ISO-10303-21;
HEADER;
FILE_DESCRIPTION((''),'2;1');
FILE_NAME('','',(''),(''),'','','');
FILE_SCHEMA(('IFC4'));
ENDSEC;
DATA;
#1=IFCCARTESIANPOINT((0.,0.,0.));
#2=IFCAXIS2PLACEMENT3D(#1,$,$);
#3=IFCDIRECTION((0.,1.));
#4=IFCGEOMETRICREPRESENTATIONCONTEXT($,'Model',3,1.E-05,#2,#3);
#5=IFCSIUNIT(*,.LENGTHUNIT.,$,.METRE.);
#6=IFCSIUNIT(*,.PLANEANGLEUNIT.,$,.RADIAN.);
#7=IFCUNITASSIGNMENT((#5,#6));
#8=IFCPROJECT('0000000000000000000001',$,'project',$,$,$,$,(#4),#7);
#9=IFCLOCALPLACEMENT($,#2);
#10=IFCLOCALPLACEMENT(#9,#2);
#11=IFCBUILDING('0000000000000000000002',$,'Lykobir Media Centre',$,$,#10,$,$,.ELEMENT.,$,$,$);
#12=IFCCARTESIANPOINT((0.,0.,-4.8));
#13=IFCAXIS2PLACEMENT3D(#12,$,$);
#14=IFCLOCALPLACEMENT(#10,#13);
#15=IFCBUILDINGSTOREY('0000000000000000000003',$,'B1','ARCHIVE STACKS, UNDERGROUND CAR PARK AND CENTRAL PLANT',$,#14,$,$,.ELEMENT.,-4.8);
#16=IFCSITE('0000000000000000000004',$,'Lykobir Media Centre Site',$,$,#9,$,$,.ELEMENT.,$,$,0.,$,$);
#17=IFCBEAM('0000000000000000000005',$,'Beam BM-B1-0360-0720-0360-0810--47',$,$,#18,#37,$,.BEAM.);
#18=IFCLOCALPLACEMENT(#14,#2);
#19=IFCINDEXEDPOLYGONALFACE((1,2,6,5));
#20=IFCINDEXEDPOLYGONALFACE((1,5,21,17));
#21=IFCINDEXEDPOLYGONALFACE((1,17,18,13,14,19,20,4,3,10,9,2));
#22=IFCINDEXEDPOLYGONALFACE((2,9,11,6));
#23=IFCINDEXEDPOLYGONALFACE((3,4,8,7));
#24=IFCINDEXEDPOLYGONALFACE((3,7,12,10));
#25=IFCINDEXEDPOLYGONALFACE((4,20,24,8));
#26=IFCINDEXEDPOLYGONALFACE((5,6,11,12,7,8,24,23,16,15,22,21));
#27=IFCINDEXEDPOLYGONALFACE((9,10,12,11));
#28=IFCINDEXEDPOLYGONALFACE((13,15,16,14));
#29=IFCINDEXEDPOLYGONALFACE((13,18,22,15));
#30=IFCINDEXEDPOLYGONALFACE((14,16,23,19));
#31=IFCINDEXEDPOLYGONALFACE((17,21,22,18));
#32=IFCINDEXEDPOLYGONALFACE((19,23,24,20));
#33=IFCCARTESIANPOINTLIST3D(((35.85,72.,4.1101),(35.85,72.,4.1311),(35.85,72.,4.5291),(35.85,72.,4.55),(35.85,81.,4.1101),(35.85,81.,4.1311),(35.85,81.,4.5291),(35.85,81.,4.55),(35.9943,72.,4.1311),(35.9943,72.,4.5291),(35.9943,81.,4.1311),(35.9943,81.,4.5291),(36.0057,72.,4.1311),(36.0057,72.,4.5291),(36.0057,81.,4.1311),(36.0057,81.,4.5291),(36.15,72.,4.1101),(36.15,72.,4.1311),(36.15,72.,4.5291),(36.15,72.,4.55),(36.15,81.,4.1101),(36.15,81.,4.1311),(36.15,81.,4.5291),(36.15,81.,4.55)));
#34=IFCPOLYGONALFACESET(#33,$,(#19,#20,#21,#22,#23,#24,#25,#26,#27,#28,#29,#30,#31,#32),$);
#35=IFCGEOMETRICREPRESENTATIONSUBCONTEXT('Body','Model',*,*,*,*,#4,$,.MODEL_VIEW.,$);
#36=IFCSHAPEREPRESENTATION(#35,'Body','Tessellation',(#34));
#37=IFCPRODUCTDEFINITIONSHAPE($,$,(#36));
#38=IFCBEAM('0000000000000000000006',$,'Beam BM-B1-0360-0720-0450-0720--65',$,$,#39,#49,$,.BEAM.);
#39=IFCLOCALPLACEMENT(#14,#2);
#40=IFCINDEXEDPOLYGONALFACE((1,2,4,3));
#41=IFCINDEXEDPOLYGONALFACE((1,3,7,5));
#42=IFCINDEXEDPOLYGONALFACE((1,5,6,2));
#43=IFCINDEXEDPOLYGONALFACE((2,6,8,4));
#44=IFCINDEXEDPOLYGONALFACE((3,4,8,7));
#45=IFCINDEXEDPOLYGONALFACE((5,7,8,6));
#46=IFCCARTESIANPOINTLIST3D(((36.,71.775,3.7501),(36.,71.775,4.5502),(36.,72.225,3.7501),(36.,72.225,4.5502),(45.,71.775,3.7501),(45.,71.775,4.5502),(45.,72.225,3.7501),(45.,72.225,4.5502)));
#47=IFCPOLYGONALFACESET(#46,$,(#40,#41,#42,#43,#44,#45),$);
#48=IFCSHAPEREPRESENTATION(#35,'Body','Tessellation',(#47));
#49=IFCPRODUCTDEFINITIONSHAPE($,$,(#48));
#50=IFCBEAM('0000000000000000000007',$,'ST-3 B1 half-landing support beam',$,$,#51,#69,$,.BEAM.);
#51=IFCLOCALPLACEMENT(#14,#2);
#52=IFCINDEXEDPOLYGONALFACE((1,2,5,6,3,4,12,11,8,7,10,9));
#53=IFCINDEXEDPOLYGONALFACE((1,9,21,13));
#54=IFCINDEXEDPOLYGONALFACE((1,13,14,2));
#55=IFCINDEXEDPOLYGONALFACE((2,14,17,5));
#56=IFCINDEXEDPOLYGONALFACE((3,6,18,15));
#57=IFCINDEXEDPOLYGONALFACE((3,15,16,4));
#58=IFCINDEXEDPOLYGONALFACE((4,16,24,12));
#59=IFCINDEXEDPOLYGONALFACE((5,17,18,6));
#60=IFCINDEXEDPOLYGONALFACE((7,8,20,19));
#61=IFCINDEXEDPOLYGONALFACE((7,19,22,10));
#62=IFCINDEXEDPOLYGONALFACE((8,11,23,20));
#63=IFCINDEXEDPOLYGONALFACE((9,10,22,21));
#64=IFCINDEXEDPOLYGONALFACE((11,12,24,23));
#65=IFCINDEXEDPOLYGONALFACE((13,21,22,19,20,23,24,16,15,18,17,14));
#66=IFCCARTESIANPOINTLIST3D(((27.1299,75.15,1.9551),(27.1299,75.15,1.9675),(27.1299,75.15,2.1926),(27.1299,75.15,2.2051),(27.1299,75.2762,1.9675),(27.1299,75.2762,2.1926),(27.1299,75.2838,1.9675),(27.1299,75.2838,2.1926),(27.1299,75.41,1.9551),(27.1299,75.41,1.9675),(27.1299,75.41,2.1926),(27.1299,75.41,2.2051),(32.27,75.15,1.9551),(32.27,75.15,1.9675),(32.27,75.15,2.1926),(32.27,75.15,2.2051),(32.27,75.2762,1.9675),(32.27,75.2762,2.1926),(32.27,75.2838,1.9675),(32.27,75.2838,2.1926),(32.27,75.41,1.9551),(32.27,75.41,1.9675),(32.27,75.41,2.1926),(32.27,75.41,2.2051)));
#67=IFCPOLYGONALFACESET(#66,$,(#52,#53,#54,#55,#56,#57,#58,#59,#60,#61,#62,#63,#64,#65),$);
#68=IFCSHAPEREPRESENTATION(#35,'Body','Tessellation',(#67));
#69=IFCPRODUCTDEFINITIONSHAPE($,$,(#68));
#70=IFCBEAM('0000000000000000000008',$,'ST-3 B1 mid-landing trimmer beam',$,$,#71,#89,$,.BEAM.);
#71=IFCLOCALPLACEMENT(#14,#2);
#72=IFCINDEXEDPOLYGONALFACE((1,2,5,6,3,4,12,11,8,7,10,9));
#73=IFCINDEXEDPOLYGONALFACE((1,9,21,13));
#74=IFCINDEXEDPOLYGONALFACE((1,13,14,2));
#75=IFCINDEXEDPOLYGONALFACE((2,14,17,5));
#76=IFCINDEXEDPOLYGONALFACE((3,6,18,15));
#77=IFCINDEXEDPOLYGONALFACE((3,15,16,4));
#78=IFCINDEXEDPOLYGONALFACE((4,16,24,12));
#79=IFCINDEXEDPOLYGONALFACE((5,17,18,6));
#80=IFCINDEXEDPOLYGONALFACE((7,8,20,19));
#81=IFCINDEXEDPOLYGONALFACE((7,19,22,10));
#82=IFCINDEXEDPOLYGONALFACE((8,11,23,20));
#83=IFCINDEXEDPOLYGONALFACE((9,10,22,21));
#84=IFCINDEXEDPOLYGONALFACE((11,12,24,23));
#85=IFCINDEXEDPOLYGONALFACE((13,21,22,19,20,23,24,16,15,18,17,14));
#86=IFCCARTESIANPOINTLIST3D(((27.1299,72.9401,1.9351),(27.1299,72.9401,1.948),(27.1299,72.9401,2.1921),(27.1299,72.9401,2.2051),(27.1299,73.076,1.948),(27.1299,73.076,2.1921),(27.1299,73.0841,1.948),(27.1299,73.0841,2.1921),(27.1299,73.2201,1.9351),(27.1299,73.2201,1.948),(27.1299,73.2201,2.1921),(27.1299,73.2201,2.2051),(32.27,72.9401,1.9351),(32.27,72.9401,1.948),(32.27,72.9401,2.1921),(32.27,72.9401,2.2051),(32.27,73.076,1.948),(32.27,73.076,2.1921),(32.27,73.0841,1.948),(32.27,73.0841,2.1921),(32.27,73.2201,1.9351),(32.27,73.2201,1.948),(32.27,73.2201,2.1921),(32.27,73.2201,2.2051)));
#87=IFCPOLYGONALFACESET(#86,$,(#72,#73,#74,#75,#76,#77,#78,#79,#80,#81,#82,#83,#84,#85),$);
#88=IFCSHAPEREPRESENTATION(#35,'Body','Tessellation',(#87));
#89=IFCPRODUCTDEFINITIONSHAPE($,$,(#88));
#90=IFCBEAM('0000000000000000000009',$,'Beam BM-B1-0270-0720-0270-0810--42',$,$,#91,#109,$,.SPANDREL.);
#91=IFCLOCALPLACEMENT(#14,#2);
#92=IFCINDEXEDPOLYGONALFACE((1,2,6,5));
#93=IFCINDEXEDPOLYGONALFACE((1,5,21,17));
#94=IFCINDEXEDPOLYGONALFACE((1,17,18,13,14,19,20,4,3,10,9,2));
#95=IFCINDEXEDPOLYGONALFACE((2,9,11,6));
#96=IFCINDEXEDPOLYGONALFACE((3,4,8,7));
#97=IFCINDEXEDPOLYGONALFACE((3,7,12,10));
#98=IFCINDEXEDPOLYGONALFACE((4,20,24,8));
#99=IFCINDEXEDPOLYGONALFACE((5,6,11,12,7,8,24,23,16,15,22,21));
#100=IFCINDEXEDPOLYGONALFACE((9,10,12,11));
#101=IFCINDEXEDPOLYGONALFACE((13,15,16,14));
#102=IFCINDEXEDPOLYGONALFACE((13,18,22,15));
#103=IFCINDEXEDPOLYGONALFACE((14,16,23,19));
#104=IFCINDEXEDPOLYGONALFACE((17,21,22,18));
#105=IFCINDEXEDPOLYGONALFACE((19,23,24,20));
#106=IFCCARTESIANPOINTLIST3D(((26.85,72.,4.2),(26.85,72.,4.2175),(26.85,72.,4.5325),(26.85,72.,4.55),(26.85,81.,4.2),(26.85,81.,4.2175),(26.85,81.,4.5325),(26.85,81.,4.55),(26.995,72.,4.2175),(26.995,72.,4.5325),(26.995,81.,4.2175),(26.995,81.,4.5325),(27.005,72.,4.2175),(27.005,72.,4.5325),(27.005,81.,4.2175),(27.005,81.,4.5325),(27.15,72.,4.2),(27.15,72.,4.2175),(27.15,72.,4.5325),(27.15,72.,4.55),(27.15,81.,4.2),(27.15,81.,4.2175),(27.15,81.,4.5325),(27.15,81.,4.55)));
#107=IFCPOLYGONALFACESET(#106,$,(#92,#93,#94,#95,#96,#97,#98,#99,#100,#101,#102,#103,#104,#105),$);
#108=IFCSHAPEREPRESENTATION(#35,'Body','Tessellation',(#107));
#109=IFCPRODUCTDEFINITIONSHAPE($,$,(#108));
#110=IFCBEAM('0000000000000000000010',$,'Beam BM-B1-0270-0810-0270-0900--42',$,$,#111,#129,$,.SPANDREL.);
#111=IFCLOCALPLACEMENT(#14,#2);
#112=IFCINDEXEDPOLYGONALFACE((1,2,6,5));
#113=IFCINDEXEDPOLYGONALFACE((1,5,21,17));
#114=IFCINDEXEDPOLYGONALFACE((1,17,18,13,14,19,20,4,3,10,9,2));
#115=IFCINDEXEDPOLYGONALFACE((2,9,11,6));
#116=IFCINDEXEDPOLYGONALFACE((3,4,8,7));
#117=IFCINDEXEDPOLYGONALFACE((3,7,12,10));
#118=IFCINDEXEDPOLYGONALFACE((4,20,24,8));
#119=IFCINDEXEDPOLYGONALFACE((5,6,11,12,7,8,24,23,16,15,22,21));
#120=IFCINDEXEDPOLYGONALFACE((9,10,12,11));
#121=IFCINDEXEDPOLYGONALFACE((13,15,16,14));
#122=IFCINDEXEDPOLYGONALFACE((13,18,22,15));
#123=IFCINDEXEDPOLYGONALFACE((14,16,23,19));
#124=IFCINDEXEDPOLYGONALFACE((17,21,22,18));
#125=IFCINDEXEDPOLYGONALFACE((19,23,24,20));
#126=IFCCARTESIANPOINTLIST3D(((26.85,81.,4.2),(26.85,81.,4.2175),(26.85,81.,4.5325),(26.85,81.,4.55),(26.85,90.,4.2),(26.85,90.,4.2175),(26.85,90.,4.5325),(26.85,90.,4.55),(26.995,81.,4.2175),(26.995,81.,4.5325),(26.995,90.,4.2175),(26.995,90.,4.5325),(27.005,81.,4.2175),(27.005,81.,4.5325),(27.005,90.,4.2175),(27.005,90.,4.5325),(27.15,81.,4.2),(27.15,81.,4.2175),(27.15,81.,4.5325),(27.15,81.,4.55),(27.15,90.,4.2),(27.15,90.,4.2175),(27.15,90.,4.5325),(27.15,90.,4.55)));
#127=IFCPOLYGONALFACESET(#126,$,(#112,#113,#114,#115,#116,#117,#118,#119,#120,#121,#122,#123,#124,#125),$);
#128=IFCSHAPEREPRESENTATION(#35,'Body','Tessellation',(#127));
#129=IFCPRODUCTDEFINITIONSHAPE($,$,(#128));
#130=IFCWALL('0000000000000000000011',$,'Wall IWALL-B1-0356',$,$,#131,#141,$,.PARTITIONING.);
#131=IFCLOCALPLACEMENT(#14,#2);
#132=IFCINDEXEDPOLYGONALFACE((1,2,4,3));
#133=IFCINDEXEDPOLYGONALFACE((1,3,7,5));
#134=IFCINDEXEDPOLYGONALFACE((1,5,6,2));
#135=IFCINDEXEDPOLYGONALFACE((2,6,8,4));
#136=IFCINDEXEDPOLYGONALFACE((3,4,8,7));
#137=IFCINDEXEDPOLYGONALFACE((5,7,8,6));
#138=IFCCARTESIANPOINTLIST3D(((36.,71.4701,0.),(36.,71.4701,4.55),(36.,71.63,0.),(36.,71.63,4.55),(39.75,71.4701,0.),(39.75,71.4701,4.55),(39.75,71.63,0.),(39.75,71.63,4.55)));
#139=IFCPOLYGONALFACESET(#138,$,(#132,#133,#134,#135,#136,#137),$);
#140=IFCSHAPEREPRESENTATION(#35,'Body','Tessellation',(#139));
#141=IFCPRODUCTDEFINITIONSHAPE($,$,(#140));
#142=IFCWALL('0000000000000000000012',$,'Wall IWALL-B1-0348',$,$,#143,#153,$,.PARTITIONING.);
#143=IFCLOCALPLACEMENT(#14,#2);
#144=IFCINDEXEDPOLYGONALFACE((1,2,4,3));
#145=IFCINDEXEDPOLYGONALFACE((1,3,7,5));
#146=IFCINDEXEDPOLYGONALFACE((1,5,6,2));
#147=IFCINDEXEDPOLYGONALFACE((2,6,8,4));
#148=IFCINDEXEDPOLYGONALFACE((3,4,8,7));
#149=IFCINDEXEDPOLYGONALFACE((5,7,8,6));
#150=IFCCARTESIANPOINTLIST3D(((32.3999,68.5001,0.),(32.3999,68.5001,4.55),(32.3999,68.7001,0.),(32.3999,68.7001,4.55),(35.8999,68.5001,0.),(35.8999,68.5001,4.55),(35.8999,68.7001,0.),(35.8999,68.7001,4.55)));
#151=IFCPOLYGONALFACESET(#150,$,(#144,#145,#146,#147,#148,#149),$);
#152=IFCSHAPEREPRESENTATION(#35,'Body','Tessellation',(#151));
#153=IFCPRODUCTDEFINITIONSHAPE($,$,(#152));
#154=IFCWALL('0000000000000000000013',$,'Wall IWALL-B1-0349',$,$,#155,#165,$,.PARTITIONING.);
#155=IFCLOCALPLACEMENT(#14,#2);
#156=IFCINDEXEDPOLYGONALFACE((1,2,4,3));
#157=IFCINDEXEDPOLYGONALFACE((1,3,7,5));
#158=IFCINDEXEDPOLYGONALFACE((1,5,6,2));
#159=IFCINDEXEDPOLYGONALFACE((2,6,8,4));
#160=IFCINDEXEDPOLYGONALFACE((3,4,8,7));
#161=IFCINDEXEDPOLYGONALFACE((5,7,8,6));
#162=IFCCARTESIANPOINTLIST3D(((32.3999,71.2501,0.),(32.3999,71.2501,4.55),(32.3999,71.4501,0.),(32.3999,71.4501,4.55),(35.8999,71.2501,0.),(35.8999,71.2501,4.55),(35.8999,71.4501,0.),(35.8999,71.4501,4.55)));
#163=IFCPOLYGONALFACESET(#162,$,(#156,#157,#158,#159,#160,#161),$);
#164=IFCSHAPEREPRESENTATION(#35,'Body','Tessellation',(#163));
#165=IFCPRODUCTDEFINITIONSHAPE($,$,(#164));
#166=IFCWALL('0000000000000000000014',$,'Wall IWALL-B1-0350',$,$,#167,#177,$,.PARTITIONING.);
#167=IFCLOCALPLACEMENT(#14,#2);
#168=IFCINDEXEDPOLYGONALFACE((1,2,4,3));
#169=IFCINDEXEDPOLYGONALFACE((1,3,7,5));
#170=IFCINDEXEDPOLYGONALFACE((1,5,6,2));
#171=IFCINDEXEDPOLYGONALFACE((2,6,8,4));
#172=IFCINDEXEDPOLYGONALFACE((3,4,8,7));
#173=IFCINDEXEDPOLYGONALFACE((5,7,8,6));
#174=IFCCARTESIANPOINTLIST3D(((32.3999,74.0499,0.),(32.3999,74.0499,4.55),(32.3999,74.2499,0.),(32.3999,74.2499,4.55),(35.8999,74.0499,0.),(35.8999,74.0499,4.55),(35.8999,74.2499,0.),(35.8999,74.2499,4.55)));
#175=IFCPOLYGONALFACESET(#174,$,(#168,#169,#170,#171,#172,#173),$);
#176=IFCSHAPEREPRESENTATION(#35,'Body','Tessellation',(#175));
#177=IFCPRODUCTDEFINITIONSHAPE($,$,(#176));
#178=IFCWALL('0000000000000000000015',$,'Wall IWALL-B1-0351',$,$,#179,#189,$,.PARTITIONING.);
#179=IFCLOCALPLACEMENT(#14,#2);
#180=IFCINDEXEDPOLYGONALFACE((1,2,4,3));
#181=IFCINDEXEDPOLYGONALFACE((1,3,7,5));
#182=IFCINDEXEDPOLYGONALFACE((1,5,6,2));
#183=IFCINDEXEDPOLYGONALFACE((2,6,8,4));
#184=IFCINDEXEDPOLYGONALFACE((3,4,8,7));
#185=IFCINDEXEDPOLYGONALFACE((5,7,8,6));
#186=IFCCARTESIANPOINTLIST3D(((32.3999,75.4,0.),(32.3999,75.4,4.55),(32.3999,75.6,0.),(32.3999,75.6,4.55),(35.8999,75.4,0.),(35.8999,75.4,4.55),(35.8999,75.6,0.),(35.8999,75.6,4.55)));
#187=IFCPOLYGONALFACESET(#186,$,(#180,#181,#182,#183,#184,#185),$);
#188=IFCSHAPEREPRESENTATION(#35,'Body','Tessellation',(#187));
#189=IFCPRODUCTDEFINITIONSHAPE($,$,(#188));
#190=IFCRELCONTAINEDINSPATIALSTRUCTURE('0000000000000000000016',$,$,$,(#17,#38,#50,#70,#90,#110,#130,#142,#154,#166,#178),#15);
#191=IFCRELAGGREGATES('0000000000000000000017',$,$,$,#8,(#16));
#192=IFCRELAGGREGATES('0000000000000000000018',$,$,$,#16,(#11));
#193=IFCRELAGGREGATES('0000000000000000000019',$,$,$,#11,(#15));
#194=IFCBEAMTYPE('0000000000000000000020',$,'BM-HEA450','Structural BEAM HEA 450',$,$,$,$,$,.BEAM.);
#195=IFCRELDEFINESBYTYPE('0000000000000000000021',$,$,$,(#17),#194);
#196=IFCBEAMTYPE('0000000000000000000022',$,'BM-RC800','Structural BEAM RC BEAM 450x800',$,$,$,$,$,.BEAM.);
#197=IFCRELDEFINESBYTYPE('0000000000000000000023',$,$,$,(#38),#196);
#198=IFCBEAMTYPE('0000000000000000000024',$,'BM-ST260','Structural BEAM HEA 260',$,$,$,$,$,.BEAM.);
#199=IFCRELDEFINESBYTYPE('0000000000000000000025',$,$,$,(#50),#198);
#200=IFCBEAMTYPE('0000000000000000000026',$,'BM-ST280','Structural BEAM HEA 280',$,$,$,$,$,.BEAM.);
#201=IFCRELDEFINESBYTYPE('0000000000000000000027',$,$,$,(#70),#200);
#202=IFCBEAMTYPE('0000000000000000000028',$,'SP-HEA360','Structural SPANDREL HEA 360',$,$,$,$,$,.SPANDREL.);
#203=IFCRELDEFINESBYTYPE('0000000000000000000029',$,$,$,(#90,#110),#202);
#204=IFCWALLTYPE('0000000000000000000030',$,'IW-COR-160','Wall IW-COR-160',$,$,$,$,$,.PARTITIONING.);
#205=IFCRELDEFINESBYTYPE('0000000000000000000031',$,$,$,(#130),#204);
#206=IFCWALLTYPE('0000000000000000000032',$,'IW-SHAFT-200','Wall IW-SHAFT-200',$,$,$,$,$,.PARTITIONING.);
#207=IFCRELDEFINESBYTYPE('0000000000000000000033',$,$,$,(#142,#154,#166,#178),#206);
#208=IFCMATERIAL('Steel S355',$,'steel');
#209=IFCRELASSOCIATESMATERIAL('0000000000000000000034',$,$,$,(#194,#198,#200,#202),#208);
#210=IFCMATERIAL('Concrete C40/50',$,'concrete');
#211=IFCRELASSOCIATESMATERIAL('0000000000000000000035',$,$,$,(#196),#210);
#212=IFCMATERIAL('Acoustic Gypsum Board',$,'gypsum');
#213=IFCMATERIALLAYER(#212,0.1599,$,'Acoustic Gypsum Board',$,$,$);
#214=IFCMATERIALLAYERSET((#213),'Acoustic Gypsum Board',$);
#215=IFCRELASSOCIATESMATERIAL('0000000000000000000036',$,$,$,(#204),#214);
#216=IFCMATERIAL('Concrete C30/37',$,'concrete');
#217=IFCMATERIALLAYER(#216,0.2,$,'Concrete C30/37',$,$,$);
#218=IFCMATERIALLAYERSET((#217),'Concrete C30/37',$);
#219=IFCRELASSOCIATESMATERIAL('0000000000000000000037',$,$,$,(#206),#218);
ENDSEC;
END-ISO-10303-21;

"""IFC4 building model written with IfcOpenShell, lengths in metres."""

from ifc_helpers import new_model, si_unit, direction, frame, frame_2d, origin, origin_2d, place, context, subcontext, project, spatial, rectangle, i_section, extrude, material, layer, layer_set, material_profile, profile_set, type_object, element, save


model = new_model("IFC4")

# Units and contexts
model_context = context("Model", 3, precision=1e-05, world=origin(), true_north=direction((0.0, 1.0)))
body_context = subcontext(model_context, "Body", "Model", "MODEL_VIEW")
ifc_project = project(units=[si_unit("LENGTHUNIT", "METRE"), si_unit("PLANEANGLEUNIT", "RADIAN")], contexts=[model_context])

# Site, building, storey
site_placement = place(None, origin())
site = spatial("IfcSite", under=ifc_project, at=site_placement, Name="Lykobir Media Centre Site", CompositionType="ELEMENT", RefElevation=0.0)
building_placement = place(site_placement, origin())
building = spatial("IfcBuilding", under=site, at=building_placement, Name="Lykobir Media Centre", CompositionType="ELEMENT")
storey_placement = place(building_placement, frame((0.0, 0.0, -4.8)))
storey = spatial("IfcBuildingStorey", under=building, at=storey_placement, Name="B1", Description="ARCHIVE STACKS, UNDERGROUND CAR PARK AND CENTRAL PLANT", CompositionType="ELEMENT", Elevation=-4.8)

# Shared definitions
ifc_material_1 = material(Name="Concrete C30/37", Category="concrete")

# Shared definitions
ifc_material_2 = material(Name="Concrete C40/50", Category="concrete")

# Beams
ifc_material_3 = material(Name="Steel S355", Category="steel")
ifc_material_profile_1 = material_profile(ifc_material_3, i_section(OverallWidth=0.3, OverallDepth=0.4399, WebThickness=0.0115, FlangeThickness=0.021, at=origin_2d()), Name="HEA 450")
ifc_profile_set_1 = profile_set([ifc_material_profile_1], Name="Steel S355")
beam_type_1 = type_object("IfcBeamType", Name="BM-HEA450", Description="Structural BEAM HEA 450", PredefinedType="BEAM", material=ifc_profile_set_1)
beam_1_placement = place(storey_placement, frame((36.0, 72.0, 4.3301), z_axis=(0.0, 1.0, 0.0), x_axis=(-1.0, 0.0, 0.0)))
element("IfcBeam", 1, at=beam_1_placement, inside=storey, type_object=beam_type_1, Name="Beam BM-B1-0360-0720-0360-0810--47", PredefinedType="BEAM", context=body_context, shape_type="SweptSolid", body=[
    extrude(i_section(OverallWidth=0.3, OverallDepth=0.4399, WebThickness=0.0115, FlangeThickness=0.021, at=origin_2d()), origin(), (0.0, 0.0, 1.0), 9.0),
])
ifc_material_profile_2 = material_profile(ifc_material_2, rectangle(XDim=0.45, YDim=0.8, at=origin_2d()), Name="RC BEAM 450x800")
ifc_profile_set_2 = profile_set([ifc_material_profile_2], Name="Concrete C40/50")
beam_type_2 = type_object("IfcBeamType", Name="BM-RC800", Description="Structural BEAM RC BEAM 450x800", PredefinedType="BEAM", material=ifc_profile_set_2)
beam_2_placement = place(storey_placement, frame((36.0, 72.0, 4.1501), z_axis=(1.0, 0.0, 0.0), x_axis=(0.0, 1.0, 0.0)))
element("IfcBeam", 2, at=beam_2_placement, inside=storey, type_object=beam_type_2, Name="Beam BM-B1-0360-0720-0450-0720--65", PredefinedType="BEAM", context=body_context, shape_type="SweptSolid", body=[
    extrude(rectangle(XDim=0.45, YDim=0.8, at=origin_2d()), origin(), (0.0, 0.0, 1.0), 9.0),
])
ifc_material_profile_3 = material_profile(ifc_material_3, i_section(OverallWidth=0.26, OverallDepth=0.25, WebThickness=0.0076, FlangeThickness=0.0125, at=origin_2d()), Name="HEA 260")
ifc_profile_set_3 = profile_set([ifc_material_profile_3], Name="Steel S355")
beam_type_3 = type_object("IfcBeamType", Name="BM-ST260", Description="Structural BEAM HEA 260", PredefinedType="BEAM", material=ifc_profile_set_3)
beam_3_placement = place(storey_placement, frame((27.1299, 75.28, 2.0801), z_axis=(1.0, 0.0, 0.0), x_axis=(0.0, 1.0, 0.0)))
element("IfcBeam", 3, at=beam_3_placement, inside=storey, type_object=beam_type_3, Name="ST-3 B1 half-landing support beam", PredefinedType="BEAM", context=body_context, shape_type="SweptSolid", body=[
    extrude(i_section(OverallWidth=0.26, OverallDepth=0.25, WebThickness=0.0076, FlangeThickness=0.0125, at=origin_2d()), origin(), (0.0, 0.0, 1.0), 5.1401),
])
ifc_material_profile_4 = material_profile(ifc_material_3, i_section(OverallWidth=0.28, OverallDepth=0.27, WebThickness=0.0081, FlangeThickness=0.0129, at=origin_2d()), Name="HEA 280")
ifc_profile_set_4 = profile_set([ifc_material_profile_4], Name="Steel S355")
beam_type_4 = type_object("IfcBeamType", Name="BM-ST280", Description="Structural BEAM HEA 280", PredefinedType="BEAM", material=ifc_profile_set_4)
beam_4_placement = place(storey_placement, frame((27.1299, 73.0801, 2.0701), z_axis=(1.0, 0.0, 0.0), x_axis=(0.0, 1.0, 0.0)))
element("IfcBeam", 4, at=beam_4_placement, inside=storey, type_object=beam_type_4, Name="ST-3 B1 mid-landing trimmer beam", PredefinedType="BEAM", context=body_context, shape_type="SweptSolid", body=[
    extrude(i_section(OverallWidth=0.28, OverallDepth=0.27, WebThickness=0.0081, FlangeThickness=0.0129, at=origin_2d()), origin(), (0.0, 0.0, 1.0), 5.1401),
])
ifc_material_profile_5 = material_profile(ifc_material_3, i_section(OverallWidth=0.3, OverallDepth=0.3501, WebThickness=0.01, FlangeThickness=0.0176, at=origin_2d()), Name="HEA 360")
ifc_profile_set_5 = profile_set([ifc_material_profile_5], Name="Steel S355")
beam_type_5 = type_object("IfcBeamType", Name="SP-HEA360", Description="Structural SPANDREL HEA 360", PredefinedType="SPANDREL", material=ifc_profile_set_5)
for number, where, z_axis, x_axis, name in (
    (5, (27.0, 72.0, 4.375), (0.0, 1.0, 0.0), (-1.0, 0.0, 0.0), "Beam BM-B1-0270-0720-0270-0810--42"),
    (6, (27.0, 81.0, 4.375), (0.0, 1.0, 0.0), (-1.0, 0.0, 0.0), "Beam BM-B1-0270-0810-0270-0900--42"),
):
    element("IfcBeam", number, at=place(storey_placement, frame(where, z_axis=z_axis, x_axis=x_axis)), inside=storey, type_object=beam_type_5, Name=name, PredefinedType="SPANDREL", context=body_context, shape_type="SweptSolid", body=[
        extrude(i_section(OverallWidth=0.3, OverallDepth=0.3501, WebThickness=0.01, FlangeThickness=0.0176, at=origin_2d()), origin(), (0.0, 0.0, 1.0), 9.0),
    ])

# Walls
ifc_material_4 = material(Name="Acoustic Gypsum Board", Category="gypsum")
ifc_layer_1 = layer(ifc_material_4, 0.1599, Name="Acoustic Gypsum Board")
ifc_layer_set_1 = layer_set([ifc_layer_1], Name="Acoustic Gypsum Board")
wall_type_1 = type_object("IfcWallType", Name="IW-COR-160", Description="Wall IW-COR-160", PredefinedType="PARTITIONING", material=ifc_layer_set_1)
wall_placement = place(storey_placement, frame((36.0, 71.55, 0.0), z_axis=(0.0, 0.0, 1.0), x_axis=(1.0, 0.0, 0.0)))
element("IfcWall", 7, at=wall_placement, inside=storey, type_object=wall_type_1, Name="Wall IWALL-B1-0356", PredefinedType="PARTITIONING", context=body_context, shape_type="SweptSolid", body=[
    extrude(rectangle(XDim=3.75, YDim=0.1599, at=frame_2d((1.875, 0.0))), origin(), (0.0, 0.0, 1.0), 4.55),
])
ifc_layer_2 = layer(ifc_material_1, 0.2, Name="Concrete C30/37")
ifc_layer_set_2 = layer_set([ifc_layer_2], Name="Concrete C30/37")
wall_type_2 = type_object("IfcWallType", Name="IW-SHAFT-200", Description="Wall IW-SHAFT-200", PredefinedType="PARTITIONING", material=ifc_layer_set_2)
for number, where, z_axis, x_axis, name in (
    (8, (32.3999, 68.6001, 0.0), (0.0, 0.0, 1.0), (1.0, 0.0, 0.0), "Wall IWALL-B1-0348"),
    (9, (32.3999, 71.3501, 0.0), (0.0, 0.0, 1.0), (1.0, 0.0, 0.0), "Wall IWALL-B1-0349"),
    (10, (32.3999, 74.1499, 0.0), (0.0, 0.0, 1.0), (1.0, 0.0, 0.0), "Wall IWALL-B1-0350"),
    (11, (32.3999, 75.5, 0.0), (0.0, 0.0, 1.0), (1.0, 0.0, 0.0), "Wall IWALL-B1-0351"),
):
    element("IfcWall", number, at=place(storey_placement, frame(where, z_axis=z_axis, x_axis=x_axis)), inside=storey, type_object=wall_type_2, Name=name, PredefinedType="PARTITIONING", context=body_context, shape_type="SweptSolid", body=[
        extrude(rectangle(XDim=3.5, YDim=0.2, at=frame_2d((1.75, 0.0))), origin(), (0.0, 0.0, 1.0), 4.55),
    ])

save(model, "model.ifc")
